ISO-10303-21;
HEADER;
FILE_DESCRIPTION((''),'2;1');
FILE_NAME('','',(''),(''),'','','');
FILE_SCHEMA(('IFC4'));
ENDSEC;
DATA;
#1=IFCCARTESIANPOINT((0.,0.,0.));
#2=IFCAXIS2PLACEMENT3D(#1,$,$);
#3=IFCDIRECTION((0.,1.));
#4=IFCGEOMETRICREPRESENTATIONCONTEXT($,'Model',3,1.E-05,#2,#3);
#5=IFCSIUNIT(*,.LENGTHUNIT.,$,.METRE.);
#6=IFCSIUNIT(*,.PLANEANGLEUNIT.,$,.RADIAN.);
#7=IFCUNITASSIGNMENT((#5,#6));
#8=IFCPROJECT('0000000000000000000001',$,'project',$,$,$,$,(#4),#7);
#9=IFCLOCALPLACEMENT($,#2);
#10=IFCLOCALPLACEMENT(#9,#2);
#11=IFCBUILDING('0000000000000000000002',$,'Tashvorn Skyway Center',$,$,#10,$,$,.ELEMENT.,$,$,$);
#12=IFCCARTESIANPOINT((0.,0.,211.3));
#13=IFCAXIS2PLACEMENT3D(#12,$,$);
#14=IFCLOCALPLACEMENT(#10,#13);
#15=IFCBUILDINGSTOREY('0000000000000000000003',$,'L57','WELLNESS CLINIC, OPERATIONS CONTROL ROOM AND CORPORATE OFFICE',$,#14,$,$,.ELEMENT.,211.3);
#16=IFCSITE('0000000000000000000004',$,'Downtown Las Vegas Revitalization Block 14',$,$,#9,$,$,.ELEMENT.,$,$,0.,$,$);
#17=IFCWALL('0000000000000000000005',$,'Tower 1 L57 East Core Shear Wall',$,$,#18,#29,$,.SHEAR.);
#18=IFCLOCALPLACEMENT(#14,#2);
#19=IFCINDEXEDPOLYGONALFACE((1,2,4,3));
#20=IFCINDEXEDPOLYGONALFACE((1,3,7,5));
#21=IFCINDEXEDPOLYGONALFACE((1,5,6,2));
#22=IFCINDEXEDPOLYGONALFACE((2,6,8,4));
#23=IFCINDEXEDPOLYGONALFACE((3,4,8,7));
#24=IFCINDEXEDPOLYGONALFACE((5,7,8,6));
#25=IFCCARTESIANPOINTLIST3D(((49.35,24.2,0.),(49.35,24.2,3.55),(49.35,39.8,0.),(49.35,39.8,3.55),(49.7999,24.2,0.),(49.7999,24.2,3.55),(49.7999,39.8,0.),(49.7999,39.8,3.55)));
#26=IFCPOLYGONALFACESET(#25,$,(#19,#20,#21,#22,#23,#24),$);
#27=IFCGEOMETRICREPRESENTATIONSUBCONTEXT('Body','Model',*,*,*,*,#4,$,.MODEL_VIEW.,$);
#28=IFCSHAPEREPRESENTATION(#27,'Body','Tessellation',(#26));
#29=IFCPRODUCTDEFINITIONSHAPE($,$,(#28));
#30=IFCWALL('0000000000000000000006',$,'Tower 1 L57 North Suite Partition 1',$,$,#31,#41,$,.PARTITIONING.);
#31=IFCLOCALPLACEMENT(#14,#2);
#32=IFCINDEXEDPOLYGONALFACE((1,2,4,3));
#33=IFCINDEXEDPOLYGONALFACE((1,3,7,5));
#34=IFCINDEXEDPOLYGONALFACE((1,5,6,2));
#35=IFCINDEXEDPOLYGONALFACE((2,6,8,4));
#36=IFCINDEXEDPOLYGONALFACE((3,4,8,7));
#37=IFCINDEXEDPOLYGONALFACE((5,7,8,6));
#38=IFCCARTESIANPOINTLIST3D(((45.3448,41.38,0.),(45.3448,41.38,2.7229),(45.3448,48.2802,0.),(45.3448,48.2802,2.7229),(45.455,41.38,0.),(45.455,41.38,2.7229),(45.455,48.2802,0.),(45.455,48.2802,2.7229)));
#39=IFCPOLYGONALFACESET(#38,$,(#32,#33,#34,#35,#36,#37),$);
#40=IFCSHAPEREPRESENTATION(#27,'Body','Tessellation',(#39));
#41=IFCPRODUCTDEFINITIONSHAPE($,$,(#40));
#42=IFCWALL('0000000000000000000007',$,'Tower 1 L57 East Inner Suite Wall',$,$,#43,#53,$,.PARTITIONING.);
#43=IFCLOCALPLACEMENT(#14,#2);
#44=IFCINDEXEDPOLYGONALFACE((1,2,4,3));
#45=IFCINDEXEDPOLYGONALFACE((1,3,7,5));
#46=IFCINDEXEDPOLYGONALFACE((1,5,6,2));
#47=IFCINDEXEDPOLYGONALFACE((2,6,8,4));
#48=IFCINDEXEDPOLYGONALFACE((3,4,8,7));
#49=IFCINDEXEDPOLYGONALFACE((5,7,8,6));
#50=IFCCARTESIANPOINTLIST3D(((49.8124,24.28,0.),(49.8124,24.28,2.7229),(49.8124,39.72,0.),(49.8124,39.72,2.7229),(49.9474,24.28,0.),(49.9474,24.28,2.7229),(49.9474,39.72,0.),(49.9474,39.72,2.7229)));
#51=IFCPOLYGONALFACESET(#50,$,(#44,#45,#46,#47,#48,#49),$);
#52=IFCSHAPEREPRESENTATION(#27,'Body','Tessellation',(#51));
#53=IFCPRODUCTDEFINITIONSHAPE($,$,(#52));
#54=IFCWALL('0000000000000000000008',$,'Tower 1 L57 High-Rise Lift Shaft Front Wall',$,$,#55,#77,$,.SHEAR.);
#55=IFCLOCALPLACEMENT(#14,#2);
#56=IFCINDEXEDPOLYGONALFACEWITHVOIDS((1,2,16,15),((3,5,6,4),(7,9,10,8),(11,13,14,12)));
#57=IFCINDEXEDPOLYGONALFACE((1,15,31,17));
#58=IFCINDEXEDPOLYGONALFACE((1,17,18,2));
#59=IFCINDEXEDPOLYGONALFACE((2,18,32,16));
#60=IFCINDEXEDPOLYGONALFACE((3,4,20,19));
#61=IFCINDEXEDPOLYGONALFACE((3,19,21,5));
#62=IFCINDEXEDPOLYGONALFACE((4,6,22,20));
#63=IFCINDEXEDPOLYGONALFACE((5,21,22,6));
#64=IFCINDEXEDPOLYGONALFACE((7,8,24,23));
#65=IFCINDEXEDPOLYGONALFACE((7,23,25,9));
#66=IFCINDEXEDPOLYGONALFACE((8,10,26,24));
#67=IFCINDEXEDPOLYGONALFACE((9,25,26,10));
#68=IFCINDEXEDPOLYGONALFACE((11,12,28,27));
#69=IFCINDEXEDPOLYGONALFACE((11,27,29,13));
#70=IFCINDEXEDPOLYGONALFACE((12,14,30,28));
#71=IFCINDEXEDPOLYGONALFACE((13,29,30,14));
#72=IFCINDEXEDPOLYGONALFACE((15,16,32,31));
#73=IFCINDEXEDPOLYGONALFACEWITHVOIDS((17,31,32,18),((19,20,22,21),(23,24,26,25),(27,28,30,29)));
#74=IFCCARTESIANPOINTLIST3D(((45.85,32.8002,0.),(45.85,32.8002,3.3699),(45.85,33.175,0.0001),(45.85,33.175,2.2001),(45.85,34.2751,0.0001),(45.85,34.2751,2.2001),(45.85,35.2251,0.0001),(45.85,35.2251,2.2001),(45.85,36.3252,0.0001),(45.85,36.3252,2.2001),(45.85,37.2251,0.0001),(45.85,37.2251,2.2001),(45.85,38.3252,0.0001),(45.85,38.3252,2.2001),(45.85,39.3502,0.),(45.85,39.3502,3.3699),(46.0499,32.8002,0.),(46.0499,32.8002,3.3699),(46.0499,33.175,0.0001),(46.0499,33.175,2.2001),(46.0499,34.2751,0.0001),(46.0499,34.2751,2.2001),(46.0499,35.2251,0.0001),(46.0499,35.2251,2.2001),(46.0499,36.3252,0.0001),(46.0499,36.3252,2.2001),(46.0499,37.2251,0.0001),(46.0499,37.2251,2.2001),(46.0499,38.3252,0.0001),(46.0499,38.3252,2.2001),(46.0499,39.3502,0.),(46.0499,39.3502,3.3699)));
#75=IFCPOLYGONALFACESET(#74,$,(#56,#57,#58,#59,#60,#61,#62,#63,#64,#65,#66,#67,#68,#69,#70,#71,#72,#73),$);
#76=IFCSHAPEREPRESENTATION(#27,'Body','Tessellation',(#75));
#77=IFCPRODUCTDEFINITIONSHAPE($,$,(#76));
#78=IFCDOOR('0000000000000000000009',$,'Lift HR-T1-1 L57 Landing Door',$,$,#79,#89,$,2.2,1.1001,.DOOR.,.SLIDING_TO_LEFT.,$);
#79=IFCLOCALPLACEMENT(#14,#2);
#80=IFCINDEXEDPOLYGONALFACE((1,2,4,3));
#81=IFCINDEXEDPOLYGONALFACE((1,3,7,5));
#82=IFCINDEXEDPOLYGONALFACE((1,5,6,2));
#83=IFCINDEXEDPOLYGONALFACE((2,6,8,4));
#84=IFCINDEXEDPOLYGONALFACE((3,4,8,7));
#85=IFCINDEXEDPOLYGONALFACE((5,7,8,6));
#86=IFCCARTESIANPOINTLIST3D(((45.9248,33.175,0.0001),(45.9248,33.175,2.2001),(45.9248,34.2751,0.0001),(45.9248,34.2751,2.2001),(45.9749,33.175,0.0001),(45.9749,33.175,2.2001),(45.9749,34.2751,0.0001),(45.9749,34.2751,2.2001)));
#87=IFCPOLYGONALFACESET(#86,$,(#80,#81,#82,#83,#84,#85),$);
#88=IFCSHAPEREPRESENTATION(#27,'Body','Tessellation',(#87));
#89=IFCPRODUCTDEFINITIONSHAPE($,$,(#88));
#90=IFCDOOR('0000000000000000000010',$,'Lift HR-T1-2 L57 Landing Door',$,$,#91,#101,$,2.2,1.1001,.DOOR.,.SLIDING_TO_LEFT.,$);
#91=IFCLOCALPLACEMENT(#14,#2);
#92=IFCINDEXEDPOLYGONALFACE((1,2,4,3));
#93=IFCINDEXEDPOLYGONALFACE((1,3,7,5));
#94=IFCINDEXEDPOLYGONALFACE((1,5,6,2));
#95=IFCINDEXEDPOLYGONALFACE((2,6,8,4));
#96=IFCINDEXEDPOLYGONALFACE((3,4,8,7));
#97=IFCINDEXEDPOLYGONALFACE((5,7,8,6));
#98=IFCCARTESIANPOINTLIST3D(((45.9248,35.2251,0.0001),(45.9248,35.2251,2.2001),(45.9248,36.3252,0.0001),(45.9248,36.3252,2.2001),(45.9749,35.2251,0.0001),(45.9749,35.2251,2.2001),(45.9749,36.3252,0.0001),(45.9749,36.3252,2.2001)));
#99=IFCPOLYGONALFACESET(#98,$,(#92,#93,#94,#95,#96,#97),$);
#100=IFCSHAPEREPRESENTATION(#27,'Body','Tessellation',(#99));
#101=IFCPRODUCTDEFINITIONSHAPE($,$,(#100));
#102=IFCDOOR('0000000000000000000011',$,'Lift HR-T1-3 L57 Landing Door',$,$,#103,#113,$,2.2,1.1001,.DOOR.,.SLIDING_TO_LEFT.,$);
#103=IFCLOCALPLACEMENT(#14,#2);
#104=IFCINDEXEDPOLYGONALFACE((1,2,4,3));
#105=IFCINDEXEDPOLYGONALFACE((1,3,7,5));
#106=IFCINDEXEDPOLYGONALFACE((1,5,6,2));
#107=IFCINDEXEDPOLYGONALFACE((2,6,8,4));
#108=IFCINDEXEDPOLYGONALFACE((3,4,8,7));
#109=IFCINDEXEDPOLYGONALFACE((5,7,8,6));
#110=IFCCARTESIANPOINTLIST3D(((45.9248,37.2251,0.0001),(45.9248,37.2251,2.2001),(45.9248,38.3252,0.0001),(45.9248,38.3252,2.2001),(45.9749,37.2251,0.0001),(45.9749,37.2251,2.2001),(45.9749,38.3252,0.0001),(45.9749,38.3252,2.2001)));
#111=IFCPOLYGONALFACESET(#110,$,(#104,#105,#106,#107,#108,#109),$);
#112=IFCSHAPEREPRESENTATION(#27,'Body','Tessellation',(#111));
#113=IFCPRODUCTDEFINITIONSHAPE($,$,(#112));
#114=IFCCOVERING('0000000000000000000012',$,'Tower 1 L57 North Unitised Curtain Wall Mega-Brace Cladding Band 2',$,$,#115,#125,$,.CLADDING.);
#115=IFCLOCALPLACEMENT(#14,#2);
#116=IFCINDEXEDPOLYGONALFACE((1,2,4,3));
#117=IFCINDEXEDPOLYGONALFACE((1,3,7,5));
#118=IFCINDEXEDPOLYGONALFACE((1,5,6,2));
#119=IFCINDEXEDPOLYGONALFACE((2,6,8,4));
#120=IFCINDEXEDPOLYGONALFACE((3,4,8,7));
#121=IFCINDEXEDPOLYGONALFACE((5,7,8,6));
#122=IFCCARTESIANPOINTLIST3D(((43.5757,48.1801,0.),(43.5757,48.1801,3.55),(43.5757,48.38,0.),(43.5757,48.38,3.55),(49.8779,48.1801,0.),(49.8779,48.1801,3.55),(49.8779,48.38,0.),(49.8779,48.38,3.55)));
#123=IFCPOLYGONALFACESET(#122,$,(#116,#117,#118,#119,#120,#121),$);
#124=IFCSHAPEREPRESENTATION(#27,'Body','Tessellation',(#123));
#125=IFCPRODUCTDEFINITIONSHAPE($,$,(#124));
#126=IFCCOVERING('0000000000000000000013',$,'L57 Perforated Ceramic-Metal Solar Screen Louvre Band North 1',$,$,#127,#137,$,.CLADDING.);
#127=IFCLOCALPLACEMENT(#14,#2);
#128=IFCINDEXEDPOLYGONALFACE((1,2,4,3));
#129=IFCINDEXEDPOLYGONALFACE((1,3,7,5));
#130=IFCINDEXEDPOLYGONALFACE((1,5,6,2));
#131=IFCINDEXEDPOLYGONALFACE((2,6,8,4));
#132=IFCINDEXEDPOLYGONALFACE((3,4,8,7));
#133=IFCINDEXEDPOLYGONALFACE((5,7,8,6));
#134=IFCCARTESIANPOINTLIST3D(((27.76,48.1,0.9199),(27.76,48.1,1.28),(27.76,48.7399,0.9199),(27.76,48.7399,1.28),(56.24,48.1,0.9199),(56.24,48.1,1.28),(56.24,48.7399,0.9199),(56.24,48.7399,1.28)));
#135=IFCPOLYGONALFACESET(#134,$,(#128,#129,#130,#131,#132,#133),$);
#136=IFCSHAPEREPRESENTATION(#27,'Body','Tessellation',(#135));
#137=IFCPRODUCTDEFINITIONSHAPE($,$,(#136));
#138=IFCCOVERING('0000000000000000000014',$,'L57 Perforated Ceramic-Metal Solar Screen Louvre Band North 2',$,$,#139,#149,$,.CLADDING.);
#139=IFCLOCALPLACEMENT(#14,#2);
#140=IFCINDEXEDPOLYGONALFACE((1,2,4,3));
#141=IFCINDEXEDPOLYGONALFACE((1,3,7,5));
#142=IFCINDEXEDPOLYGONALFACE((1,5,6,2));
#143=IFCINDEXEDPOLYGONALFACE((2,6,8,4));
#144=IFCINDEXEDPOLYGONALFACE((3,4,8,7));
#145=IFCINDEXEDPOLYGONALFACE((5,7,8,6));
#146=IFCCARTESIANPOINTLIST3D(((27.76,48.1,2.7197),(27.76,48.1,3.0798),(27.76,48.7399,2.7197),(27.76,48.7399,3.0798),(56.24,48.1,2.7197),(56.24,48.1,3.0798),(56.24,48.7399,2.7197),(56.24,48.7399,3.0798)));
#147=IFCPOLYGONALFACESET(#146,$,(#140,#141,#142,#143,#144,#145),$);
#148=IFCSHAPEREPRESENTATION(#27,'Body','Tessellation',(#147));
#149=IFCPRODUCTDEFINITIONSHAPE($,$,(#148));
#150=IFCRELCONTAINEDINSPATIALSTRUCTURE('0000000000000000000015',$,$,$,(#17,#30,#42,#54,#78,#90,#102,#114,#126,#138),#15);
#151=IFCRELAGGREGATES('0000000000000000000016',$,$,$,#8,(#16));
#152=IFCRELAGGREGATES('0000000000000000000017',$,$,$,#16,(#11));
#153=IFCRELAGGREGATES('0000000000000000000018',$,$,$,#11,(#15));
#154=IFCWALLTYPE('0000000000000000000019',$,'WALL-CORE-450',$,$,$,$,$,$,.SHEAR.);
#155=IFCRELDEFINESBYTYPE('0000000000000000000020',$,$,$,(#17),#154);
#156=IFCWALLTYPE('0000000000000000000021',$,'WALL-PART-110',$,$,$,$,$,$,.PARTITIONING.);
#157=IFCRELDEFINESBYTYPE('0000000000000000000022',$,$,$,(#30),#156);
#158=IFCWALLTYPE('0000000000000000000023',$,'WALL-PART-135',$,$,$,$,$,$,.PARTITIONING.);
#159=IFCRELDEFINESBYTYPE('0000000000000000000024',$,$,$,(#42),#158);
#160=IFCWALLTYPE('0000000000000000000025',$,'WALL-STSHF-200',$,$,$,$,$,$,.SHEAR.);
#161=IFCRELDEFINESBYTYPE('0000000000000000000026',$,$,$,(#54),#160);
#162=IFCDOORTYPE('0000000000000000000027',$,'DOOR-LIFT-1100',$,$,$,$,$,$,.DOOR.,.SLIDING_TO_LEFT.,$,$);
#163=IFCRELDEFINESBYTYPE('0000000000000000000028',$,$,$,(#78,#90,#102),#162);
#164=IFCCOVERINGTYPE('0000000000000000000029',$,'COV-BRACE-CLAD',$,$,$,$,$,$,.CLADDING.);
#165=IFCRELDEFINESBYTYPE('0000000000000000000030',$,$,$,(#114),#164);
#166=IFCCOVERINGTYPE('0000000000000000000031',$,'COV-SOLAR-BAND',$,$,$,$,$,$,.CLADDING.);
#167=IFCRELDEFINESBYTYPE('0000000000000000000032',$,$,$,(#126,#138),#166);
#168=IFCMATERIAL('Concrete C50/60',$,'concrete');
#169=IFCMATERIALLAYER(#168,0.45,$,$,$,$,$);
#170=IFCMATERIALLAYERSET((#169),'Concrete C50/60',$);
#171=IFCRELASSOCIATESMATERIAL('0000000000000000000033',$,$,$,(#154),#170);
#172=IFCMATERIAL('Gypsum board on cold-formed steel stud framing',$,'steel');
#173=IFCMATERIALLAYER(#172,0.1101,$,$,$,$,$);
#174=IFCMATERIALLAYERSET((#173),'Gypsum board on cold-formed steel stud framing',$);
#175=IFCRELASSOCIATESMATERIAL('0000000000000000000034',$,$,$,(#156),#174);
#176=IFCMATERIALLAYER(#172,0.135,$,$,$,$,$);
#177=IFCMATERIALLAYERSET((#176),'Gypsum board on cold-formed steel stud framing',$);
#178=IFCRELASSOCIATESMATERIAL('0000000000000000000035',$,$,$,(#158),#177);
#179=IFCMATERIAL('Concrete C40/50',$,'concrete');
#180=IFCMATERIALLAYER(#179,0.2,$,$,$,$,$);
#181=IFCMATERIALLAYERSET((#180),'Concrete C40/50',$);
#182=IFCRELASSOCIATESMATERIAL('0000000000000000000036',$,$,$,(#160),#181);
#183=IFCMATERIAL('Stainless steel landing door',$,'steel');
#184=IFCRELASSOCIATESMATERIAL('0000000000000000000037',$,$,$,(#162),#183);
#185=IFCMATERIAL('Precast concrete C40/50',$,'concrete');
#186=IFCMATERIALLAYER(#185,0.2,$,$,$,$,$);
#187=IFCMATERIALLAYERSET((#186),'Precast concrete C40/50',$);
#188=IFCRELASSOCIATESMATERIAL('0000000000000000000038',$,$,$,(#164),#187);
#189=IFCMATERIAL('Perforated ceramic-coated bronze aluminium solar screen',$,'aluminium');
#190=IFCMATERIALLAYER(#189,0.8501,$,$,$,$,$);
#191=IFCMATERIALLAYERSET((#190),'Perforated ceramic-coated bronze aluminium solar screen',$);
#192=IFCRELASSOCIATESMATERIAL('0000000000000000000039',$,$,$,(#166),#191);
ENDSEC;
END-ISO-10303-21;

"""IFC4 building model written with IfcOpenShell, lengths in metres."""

from ifc_helpers import new_model, si_unit, direction, frame, frame_2d, origin, origin_2d, place, context, subcontext, project, spatial, rectangle, extrude, material, layer, layer_set, type_object, element, fill, save


model = new_model("IFC4")

# Units and contexts
model_context = context("Model", 3, precision=1e-05, world=origin(), true_north=direction((0.0, 1.0)))
body_context = subcontext(model_context, "Body", "Model", "MODEL_VIEW")
ifc_project = project(units=[si_unit("LENGTHUNIT", "METRE"), si_unit("PLANEANGLEUNIT", "RADIAN")], contexts=[model_context])

# Site, building, storey
site_placement = place(None, origin())
site = spatial("IfcSite", under=ifc_project, at=site_placement, Name="Downtown Las Vegas Revitalization Block 14", CompositionType="ELEMENT", RefElevation=0.0)
building_placement = place(site_placement, origin())
building = spatial("IfcBuilding", under=site, at=building_placement, Name="Tashvorn Skyway Center", CompositionType="ELEMENT")
storey_placement = place(building_placement, frame((0.0, 0.0, 211.3)))
storey = spatial("IfcBuildingStorey", under=building, at=storey_placement, Name="L57", Description="WELLNESS CLINIC, OPERATIONS CONTROL ROOM AND CORPORATE OFFICE", CompositionType="ELEMENT", Elevation=211.3)

# Walls
ifc_material_1 = material(Name="Concrete C50/60", Category="concrete")
ifc_layer_1 = layer(ifc_material_1, 0.45)
ifc_layer_set_1 = layer_set([ifc_layer_1], Name="Concrete C50/60")
wall_type_1 = type_object("IfcWallType", Name="WALL-CORE-450", PredefinedType="SHEAR", material=ifc_layer_set_1)
wall_1_placement = place(storey_placement, frame((49.575, 39.8, 0.0), z_axis=(0.0, 0.0, 1.0), x_axis=(0.0, -1.0, 0.0)))
element("IfcWall", 1, at=wall_1_placement, inside=storey, type_object=wall_type_1, Name="Tower 1 L57 East Core Shear Wall", PredefinedType="SHEAR", context=body_context, shape_type="SweptSolid", body=[
    extrude(rectangle(XDim=15.6001, YDim=0.45, at=frame_2d((7.8, 0.0))), origin(), (0.0, 0.0, 1.0), 3.55),
])
ifc_material_2 = material(Name="Gypsum board on cold-formed steel stud framing", Category="steel")
ifc_layer_2 = layer(ifc_material_2, 0.1101)
ifc_layer_set_2 = layer_set([ifc_layer_2], Name="Gypsum board on cold-formed steel stud framing")
wall_type_2 = type_object("IfcWallType", Name="WALL-PART-110", PredefinedType="PARTITIONING", material=ifc_layer_set_2)
wall_2_placement = place(storey_placement, frame((45.3999, 41.3799, 0.0), z_axis=(0.0, 0.0, 1.0), x_axis=(0.0, 1.0, 0.0)))
element("IfcWall", 2, at=wall_2_placement, inside=storey, type_object=wall_type_2, Name="Tower 1 L57 North Suite Partition 1", PredefinedType="PARTITIONING", context=body_context, shape_type="SweptSolid", body=[
    extrude(rectangle(XDim=6.9001, YDim=0.1101, at=frame_2d((3.4502, 0.0))), origin(), (0.0, 0.0, 1.0), 2.7229),
])
ifc_layer_3 = layer(ifc_material_2, 0.135)
ifc_layer_set_3 = layer_set([ifc_layer_3], Name="Gypsum board on cold-formed steel stud framing")
wall_type_3 = type_object("IfcWallType", Name="WALL-PART-135", PredefinedType="PARTITIONING", material=ifc_layer_set_3)
wall_3_placement = place(storey_placement, frame((49.8799, 39.72, 0.0), z_axis=(0.0, 0.0, 1.0), x_axis=(0.0, -1.0, 0.0)))
element("IfcWall", 3, at=wall_3_placement, inside=storey, type_object=wall_type_3, Name="Tower 1 L57 East Inner Suite Wall", PredefinedType="PARTITIONING", context=body_context, shape_type="SweptSolid", body=[
    extrude(rectangle(XDim=15.4399, YDim=0.135, at=frame_2d((7.72, 0.0))), origin(), (0.0, 0.0, 1.0), 2.7229),
])

# Wall, openings, doors
ifc_material_3 = material(Name="Concrete C40/50", Category="concrete")
ifc_layer_4 = layer(ifc_material_3, 0.2)
ifc_layer_set_4 = layer_set([ifc_layer_4], Name="Concrete C40/50")
wall_type_4 = type_object("IfcWallType", Name="WALL-STSHF-200", PredefinedType="SHEAR", material=ifc_layer_set_4)
wall_4_placement = place(storey_placement, frame((45.95, 39.3501, 0.0), z_axis=(0.0, 0.0, 1.0), x_axis=(0.0, -1.0, 0.0)))
wall_4 = element("IfcWall", 4, at=wall_4_placement, inside=storey, type_object=wall_type_4, Name="Tower 1 L57 High-Rise Lift Shaft Front Wall", PredefinedType="SHEAR", context=body_context, shape_type="SweptSolid", body=[
    extrude(rectangle(XDim=6.55, YDim=0.2, at=frame_2d((3.2749, 0.0))), origin(), (0.0, 0.0, 1.0), 3.3699),
])
opening_1_placement = place(wall_4_placement, frame((5.075, 0.0, 0.0)))
opening_1 = element("IfcOpeningElement", 5, at=opening_1_placement, cuts=wall_4, PredefinedType="OPENING", context=body_context, shape_type="SweptSolid", body=[
    extrude(rectangle(XDim=1.1001, YDim=2.2, at=frame_2d((0.55, 1.1001))), frame((0.0, 0.1099, 0.0), z_axis=(0.0, -1.0, 0.0), x_axis=(1.0, 0.0, 0.0)), (0.0, 0.0, 1.0), 0.22),
])
opening_2_placement = place(wall_4_placement, frame((3.0249, 0.0, 0.0)))
opening_2 = element("IfcOpeningElement", 6, at=opening_2_placement, cuts=wall_4, PredefinedType="OPENING", context=body_context, shape_type="SweptSolid", body=[
    extrude(rectangle(XDim=1.1001, YDim=2.2, at=frame_2d((0.55, 1.1001))), frame((0.0, 0.1099, 0.0), z_axis=(0.0, -1.0, 0.0), x_axis=(1.0, 0.0, 0.0)), (0.0, 0.0, 1.0), 0.22),
])
opening_3_placement = place(wall_4_placement, frame((1.0249, 0.0, 0.0)))
opening_3 = element("IfcOpeningElement", 7, at=opening_3_placement, cuts=wall_4, PredefinedType="OPENING", context=body_context, shape_type="SweptSolid", body=[
    extrude(rectangle(XDim=1.1001, YDim=2.2, at=frame_2d((0.55, 1.1001))), frame((0.0, 0.1099, 0.0), z_axis=(0.0, -1.0, 0.0), x_axis=(1.0, 0.0, 0.0)), (0.0, 0.0, 1.0), 0.22),
])
ifc_material_4 = material(Name="Stainless steel landing door", Category="steel")
door_type = type_object("IfcDoorType", Name="DOOR-LIFT-1100", OperationType="SLIDING_TO_LEFT", PredefinedType="DOOR", material=ifc_material_4)
door_1_placement = place(opening_1_placement, origin())
door_1 = element("IfcDoor", 8, at=door_1_placement, inside=storey, type_object=door_type, Name="Lift HR-T1-1 L57 Landing Door", OperationType="SLIDING_TO_LEFT", OverallHeight=2.2, OverallWidth=1.1001, PredefinedType="DOOR", context=body_context, shape_type="SweptSolid", body=[
    extrude(rectangle(XDim=1.1001, YDim=2.2, at=frame_2d((0.55, 1.1001))), frame((0.0, 0.0249, 0.0), z_axis=(0.0, -1.0, 0.0), x_axis=(1.0, 0.0, 0.0)), (0.0, 0.0, 1.0), 0.05),
])
fill(opening_1, door_1)
door_2_placement = place(opening_2_placement, origin())
door_2 = element("IfcDoor", 9, at=door_2_placement, inside=storey, type_object=door_type, Name="Lift HR-T1-2 L57 Landing Door", OperationType="SLIDING_TO_LEFT", OverallHeight=2.2, OverallWidth=1.1001, PredefinedType="DOOR", context=body_context, shape_type="SweptSolid", body=[
    extrude(rectangle(XDim=1.1001, YDim=2.2, at=frame_2d((0.55, 1.1001))), frame((0.0, 0.0249, 0.0), z_axis=(0.0, -1.0, 0.0), x_axis=(1.0, 0.0, 0.0)), (0.0, 0.0, 1.0), 0.05),
])
fill(opening_2, door_2)
door_3_placement = place(opening_3_placement, origin())
door_3 = element("IfcDoor", 10, at=door_3_placement, inside=storey, type_object=door_type, Name="Lift HR-T1-3 L57 Landing Door", OperationType="SLIDING_TO_LEFT", OverallHeight=2.2, OverallWidth=1.1001, PredefinedType="DOOR", context=body_context, shape_type="SweptSolid", body=[
    extrude(rectangle(XDim=1.1001, YDim=2.2, at=frame_2d((0.55, 1.1001))), frame((0.0, 0.0249, 0.0), z_axis=(0.0, -1.0, 0.0), x_axis=(1.0, 0.0, 0.0)), (0.0, 0.0, 1.0), 0.05),
])
fill(opening_3, door_3)

# Coverings
ifc_material_5 = material(Name="Precast concrete C40/50", Category="concrete")
ifc_layer_5 = layer(ifc_material_5, 0.2)
ifc_layer_set_5 = layer_set([ifc_layer_5], Name="Precast concrete C40/50")
covering_type_1 = type_object("IfcCoveringType", Name="COV-BRACE-CLAD", PredefinedType="CLADDING", material=ifc_layer_set_5)
covering_placement = place(storey_placement, frame((46.7268, 48.28, 0.0), z_axis=(0.0, 0.0, 1.0), x_axis=(1.0, 0.0, 0.0)))
element("IfcCovering", 11, at=covering_placement, inside=storey, type_object=covering_type_1, Name="Tower 1 L57 North Unitised Curtain Wall Mega-Brace Cladding Band 2", PredefinedType="CLADDING", context=body_context, shape_type="SweptSolid", body=[
    extrude(rectangle(XDim=6.3022, YDim=0.2, at=origin_2d()), origin(), (0.0, 0.0, 1.0), 3.55),
])
ifc_material_6 = material(Name="Perforated ceramic-coated bronze aluminium solar screen", Category="aluminium")
ifc_layer_6 = layer(ifc_material_6, 0.8501)
ifc_layer_set_6 = layer_set([ifc_layer_6], Name="Perforated ceramic-coated bronze aluminium solar screen")
covering_type_2 = type_object("IfcCoveringType", Name="COV-SOLAR-BAND", PredefinedType="CLADDING", material=ifc_layer_set_6)
for number, where, z_axis, x_axis, name in (
    (12, (42.0, 48.4199, 0.9199), (0.0, 0.0, 1.0), (1.0, 0.0, 0.0), "L57 Perforated Ceramic-Metal Solar Screen Louvre Band North 1"),
    (13, (42.0, 48.4199, 2.7197), (0.0, 0.0, 1.0), (1.0, 0.0, 0.0), "L57 Perforated Ceramic-Metal Solar Screen Louvre Band North 2"),
):
    element("IfcCovering", number, at=place(storey_placement, frame(where, z_axis=z_axis, x_axis=x_axis)), inside=storey, type_object=covering_type_2, Name=name, PredefinedType="CLADDING", context=body_context, shape_type="SweptSolid", body=[
        extrude(rectangle(XDim=28.48, YDim=0.6399, at=origin_2d()), origin(), (0.0, 0.0, 1.0), 0.3601),
    ])

save(model, "model.ifc")
